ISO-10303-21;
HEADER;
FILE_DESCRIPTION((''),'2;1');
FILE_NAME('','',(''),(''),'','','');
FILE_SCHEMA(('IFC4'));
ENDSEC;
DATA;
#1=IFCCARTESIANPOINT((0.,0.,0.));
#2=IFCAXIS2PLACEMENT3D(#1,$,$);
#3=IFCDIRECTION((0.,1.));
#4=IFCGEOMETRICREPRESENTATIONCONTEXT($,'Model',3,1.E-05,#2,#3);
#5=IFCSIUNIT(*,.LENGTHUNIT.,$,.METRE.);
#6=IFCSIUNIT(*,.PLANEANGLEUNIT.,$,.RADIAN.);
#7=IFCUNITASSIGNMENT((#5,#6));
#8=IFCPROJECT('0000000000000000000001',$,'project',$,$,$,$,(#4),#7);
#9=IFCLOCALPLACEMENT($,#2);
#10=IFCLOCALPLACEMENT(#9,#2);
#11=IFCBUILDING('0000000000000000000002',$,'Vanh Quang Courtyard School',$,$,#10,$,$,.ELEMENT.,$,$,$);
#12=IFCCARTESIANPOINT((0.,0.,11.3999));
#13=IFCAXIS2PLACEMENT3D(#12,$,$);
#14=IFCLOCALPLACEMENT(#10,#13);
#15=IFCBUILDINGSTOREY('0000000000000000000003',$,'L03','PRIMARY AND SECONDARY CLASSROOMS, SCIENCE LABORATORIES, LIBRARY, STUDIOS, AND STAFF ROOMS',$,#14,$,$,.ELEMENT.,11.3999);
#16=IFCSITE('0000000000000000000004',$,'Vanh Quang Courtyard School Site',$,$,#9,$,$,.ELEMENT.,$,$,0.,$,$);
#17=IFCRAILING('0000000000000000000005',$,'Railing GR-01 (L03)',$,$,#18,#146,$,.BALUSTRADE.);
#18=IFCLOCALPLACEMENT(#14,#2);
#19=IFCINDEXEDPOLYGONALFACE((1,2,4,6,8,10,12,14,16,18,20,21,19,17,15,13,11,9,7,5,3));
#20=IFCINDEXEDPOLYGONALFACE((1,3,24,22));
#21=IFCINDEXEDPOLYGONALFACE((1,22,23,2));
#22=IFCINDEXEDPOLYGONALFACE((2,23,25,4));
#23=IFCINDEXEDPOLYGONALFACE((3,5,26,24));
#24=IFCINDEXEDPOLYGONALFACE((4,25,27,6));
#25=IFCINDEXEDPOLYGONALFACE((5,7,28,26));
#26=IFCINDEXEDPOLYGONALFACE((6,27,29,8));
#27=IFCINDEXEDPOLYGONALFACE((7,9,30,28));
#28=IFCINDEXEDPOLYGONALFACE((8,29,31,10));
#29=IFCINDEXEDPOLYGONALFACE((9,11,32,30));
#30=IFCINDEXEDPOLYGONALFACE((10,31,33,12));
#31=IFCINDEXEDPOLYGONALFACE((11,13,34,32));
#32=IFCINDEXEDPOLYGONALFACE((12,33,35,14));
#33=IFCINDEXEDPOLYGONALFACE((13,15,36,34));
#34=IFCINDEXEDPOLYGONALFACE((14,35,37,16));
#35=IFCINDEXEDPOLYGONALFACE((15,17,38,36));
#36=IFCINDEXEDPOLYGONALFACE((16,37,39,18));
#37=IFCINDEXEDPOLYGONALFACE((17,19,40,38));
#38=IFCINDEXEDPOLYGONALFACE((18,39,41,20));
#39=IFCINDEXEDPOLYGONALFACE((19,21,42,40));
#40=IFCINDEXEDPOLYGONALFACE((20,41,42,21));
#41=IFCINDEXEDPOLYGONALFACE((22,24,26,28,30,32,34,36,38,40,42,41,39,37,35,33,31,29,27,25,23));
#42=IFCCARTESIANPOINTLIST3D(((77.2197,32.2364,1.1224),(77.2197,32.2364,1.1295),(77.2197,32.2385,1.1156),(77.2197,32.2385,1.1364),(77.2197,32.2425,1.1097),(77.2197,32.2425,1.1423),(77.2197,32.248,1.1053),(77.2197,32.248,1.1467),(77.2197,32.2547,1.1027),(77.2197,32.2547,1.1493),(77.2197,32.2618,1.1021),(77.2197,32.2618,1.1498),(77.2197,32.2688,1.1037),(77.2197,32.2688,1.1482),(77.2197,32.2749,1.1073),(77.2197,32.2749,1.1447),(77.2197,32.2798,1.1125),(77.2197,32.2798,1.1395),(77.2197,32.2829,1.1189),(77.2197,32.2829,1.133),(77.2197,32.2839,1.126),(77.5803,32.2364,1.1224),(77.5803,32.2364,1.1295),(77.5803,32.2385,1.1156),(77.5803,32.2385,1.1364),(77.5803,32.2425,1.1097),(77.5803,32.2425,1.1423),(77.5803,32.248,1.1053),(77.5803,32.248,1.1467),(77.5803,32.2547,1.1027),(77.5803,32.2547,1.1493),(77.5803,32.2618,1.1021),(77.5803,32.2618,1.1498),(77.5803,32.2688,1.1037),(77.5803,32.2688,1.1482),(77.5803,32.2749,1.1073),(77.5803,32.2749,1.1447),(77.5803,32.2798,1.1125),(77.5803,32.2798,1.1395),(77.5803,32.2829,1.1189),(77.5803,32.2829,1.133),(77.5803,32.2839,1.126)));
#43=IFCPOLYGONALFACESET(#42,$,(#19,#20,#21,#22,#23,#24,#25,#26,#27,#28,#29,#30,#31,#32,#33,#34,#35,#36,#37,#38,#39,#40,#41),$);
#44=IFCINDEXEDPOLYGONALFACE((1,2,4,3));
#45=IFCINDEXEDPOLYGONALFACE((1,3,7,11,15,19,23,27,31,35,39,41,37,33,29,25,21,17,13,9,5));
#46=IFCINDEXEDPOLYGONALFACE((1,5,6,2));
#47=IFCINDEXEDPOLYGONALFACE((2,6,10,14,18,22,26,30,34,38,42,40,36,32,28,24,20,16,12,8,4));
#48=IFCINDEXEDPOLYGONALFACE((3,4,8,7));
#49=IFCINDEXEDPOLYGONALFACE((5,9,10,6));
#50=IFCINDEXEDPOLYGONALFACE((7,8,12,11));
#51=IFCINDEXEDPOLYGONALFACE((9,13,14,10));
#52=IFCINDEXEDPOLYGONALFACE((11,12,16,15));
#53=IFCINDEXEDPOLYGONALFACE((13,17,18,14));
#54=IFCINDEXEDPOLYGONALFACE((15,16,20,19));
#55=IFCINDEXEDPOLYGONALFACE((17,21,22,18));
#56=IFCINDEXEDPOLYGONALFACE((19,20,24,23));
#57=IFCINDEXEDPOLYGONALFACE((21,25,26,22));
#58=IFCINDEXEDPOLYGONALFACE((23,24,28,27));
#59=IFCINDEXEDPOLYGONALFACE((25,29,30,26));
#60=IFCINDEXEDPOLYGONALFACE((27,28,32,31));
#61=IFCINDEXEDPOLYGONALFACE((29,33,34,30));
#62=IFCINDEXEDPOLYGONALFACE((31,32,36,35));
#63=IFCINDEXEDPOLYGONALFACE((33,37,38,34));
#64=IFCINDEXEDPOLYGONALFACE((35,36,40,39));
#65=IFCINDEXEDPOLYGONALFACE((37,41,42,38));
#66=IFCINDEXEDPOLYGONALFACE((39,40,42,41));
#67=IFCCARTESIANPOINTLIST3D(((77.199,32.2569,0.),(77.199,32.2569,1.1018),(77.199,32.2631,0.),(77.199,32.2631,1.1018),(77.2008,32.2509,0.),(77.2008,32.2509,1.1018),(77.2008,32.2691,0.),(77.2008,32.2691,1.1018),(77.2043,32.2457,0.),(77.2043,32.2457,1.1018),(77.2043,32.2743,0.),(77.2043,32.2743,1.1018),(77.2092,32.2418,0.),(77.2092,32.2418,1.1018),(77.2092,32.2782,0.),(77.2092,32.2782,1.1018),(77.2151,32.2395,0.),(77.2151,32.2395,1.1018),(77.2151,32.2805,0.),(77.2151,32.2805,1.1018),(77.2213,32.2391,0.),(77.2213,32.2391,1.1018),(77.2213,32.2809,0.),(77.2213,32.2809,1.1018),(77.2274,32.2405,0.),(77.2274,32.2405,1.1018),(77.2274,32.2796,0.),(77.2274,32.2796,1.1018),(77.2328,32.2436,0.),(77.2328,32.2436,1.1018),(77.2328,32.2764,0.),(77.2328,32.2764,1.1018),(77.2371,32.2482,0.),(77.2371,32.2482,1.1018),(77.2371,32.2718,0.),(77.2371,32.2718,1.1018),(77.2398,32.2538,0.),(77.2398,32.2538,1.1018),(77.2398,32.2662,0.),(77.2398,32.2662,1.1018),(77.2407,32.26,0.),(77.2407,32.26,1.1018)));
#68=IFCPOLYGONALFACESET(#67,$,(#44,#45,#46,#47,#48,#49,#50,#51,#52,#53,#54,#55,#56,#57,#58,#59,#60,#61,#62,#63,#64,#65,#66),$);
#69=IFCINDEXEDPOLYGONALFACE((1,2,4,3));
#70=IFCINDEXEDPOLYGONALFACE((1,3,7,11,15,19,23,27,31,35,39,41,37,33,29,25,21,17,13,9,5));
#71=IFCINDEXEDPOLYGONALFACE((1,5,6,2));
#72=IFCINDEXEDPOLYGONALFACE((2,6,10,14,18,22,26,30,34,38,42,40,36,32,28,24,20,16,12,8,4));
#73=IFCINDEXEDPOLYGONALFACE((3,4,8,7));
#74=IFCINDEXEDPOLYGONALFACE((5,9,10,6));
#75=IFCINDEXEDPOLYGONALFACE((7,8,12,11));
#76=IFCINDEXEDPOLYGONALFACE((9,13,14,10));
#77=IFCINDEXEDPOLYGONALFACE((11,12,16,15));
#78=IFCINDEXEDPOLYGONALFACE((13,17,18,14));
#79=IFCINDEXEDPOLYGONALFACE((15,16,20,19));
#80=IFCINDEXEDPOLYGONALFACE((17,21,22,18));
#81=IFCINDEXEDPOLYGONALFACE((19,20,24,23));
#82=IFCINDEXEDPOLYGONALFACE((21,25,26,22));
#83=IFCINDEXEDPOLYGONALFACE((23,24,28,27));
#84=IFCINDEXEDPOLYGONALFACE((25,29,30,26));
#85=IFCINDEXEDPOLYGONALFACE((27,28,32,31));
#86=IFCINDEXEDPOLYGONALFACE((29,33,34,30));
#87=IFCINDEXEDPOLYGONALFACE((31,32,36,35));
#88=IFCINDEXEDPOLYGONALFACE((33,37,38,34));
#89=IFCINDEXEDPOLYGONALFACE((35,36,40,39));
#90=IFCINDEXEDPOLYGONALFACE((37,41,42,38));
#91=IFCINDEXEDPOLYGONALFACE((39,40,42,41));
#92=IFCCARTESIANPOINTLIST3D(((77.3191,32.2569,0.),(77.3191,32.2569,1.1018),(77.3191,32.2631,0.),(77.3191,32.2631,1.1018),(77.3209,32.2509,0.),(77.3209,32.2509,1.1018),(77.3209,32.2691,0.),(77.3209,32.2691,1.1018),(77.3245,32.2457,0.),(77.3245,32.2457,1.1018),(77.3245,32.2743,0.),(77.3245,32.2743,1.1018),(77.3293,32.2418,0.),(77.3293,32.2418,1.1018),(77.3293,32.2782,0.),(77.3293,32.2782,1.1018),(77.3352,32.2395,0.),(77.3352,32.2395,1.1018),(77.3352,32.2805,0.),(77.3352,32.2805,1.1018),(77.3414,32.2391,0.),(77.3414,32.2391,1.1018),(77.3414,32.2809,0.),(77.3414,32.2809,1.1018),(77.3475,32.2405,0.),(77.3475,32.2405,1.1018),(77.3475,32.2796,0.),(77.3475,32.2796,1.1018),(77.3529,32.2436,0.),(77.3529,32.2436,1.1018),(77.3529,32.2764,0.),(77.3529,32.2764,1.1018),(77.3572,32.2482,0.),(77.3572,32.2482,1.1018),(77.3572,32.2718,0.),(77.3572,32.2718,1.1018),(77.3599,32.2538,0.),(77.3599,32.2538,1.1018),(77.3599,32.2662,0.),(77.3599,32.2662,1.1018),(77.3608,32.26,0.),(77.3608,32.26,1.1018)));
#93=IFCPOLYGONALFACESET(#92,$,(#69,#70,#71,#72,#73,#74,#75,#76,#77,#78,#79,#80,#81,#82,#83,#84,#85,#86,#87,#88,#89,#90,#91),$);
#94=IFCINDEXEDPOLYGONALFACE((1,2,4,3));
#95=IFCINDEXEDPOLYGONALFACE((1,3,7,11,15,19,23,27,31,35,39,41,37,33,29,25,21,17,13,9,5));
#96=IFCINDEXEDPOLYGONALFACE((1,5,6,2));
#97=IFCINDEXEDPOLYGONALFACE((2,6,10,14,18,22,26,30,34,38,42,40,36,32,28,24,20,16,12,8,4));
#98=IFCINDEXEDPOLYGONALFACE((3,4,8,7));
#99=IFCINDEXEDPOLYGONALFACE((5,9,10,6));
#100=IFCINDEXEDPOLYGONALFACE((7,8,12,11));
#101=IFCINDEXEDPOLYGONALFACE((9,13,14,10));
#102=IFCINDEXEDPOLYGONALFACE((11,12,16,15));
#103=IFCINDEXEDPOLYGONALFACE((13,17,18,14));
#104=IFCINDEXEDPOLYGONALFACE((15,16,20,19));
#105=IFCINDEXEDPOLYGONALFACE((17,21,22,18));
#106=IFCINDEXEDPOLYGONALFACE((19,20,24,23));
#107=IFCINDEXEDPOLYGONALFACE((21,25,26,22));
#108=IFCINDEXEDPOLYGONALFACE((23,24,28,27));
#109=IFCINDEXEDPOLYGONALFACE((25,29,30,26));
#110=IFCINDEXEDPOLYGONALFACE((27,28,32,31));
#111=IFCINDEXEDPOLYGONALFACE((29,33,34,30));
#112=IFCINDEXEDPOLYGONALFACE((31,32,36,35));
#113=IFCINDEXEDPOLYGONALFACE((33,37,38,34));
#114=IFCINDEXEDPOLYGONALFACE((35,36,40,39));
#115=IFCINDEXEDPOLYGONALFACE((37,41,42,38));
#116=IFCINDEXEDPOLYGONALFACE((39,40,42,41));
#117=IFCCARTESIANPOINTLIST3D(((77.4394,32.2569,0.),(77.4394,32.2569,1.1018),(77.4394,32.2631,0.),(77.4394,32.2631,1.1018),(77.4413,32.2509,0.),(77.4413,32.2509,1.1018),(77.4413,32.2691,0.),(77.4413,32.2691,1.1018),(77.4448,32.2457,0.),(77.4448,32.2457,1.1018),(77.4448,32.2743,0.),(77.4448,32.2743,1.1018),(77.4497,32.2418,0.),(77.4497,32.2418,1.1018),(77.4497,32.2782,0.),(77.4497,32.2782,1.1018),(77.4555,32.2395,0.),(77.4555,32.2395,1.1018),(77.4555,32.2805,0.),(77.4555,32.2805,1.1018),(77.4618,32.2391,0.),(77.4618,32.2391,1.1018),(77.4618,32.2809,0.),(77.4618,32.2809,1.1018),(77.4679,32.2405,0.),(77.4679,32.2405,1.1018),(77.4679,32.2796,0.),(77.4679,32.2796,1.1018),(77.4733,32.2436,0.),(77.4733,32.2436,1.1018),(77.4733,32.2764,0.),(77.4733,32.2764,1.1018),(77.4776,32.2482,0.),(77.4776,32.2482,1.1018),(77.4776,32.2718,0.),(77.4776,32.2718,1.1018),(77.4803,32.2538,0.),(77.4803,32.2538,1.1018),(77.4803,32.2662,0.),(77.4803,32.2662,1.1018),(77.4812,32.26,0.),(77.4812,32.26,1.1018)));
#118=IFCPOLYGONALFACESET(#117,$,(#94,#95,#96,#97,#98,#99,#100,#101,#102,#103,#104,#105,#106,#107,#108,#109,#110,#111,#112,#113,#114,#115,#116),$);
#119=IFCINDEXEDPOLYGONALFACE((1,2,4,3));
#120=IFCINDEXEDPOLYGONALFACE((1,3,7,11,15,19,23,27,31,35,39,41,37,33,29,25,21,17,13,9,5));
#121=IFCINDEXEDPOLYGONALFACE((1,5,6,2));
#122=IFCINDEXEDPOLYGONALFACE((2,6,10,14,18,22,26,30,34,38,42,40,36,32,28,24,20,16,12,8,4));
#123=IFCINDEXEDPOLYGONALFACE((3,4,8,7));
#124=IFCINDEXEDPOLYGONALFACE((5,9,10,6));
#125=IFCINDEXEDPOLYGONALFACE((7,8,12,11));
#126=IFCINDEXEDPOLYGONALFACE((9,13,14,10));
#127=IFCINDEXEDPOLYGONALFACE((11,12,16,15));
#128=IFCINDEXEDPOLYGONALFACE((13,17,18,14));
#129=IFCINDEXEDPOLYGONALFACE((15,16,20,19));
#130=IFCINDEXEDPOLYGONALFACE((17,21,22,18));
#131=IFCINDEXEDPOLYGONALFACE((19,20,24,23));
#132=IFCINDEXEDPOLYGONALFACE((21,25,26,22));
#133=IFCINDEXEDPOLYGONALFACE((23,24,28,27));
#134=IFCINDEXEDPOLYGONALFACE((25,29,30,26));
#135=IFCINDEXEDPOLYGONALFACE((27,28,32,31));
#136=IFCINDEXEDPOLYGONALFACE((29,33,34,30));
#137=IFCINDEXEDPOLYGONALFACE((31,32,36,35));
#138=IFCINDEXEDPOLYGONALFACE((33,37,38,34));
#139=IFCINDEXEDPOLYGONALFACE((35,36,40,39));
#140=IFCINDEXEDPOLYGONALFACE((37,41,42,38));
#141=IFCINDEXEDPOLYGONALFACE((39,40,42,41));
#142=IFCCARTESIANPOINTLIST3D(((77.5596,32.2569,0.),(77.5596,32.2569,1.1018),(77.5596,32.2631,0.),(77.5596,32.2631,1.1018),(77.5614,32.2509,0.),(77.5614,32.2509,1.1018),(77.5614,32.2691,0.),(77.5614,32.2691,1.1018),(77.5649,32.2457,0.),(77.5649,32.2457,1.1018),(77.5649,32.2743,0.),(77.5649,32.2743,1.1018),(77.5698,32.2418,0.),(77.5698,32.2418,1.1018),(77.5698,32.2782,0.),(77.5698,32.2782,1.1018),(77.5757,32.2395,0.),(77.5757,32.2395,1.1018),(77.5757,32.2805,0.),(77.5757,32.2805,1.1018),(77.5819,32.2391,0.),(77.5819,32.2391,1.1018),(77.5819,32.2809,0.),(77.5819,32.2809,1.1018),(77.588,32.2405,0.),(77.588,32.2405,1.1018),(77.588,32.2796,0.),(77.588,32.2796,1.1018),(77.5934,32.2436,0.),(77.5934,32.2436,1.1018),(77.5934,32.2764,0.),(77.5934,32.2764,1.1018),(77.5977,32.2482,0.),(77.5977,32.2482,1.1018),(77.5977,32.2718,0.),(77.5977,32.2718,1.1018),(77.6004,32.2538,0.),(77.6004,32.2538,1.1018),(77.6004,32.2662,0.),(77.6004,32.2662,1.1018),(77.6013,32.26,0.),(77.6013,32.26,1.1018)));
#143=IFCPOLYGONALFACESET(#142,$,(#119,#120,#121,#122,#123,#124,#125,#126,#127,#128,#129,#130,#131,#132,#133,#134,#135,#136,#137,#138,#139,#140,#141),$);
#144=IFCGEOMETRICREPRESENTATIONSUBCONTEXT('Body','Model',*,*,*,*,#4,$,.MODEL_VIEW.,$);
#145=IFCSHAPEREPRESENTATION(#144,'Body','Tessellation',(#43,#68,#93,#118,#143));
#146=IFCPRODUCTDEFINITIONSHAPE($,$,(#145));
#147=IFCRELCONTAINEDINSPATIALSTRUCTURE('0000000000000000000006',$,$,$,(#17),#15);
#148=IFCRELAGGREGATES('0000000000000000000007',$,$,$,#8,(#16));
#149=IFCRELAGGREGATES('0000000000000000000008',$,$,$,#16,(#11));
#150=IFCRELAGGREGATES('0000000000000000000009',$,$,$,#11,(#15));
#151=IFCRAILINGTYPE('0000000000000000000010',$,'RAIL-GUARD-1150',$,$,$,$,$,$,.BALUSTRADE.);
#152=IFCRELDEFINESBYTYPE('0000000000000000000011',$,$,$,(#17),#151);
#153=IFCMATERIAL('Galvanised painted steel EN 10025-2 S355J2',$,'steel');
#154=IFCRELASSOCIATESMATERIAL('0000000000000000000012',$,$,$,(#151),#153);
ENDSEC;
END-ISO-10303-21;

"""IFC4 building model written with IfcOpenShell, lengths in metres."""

from ifc_helpers import new_model, si_unit, direction, frame, origin, origin_2d, place, context, subcontext, project, spatial, circle, extrude, material, type_object, element, save


model = new_model("IFC4")

# Units and contexts
model_context = context("Model", 3, precision=1e-05, world=origin(), true_north=direction((0.0, 1.0)))
body_context = subcontext(model_context, "Body", "Model", "MODEL_VIEW")
ifc_project = project(units=[si_unit("LENGTHUNIT", "METRE"), si_unit("PLANEANGLEUNIT", "RADIAN")], contexts=[model_context])

# Site, building, storey
site_placement = place(None, origin())
site = spatial("IfcSite", under=ifc_project, at=site_placement, Name="Vanh Quang Courtyard School Site", CompositionType="ELEMENT", RefElevation=0.0)
building_placement = place(site_placement, origin())
building = spatial("IfcBuilding", under=site, at=building_placement, Name="Vanh Quang Courtyard School", CompositionType="ELEMENT")
storey_placement = place(building_placement, frame((0.0, 0.0, 11.3999)))
storey = spatial("IfcBuildingStorey", under=building, at=storey_placement, Name="L03", Description="PRIMARY AND SECONDARY CLASSROOMS, SCIENCE LABORATORIES, LIBRARY, STUDIOS, AND STAFF ROOMS", CompositionType="ELEMENT", Elevation=11.3999)

# Railing
ifc_material_1 = material(Name="Galvanised painted steel EN 10025-2 S355J2", Category="steel")
railing_type = type_object("IfcRailingType", Name="RAIL-GUARD-1150", PredefinedType="BALUSTRADE", material=ifc_material_1)
railing_1_placement = place(storey_placement, frame((77.2197, 32.26, 0.0)))
element("IfcRailing", 1, at=railing_1_placement, inside=storey, type_object=railing_type, Name="Railing GR-01 (L03)", PredefinedType="BALUSTRADE", context=body_context, shape_type="SweptSolid", body=[
    extrude(circle(Radius=0.0239, at=origin_2d()), frame((0.0, 0.0, 1.126), z_axis=(1.0, 0.0, 0.0), x_axis=(0.0, 1.0, 0.0)), (0.0, 0.0, 1.0), 0.3606),
    extrude(circle(Radius=0.021, at=origin_2d()), origin(), (0.0, 0.0, 1.0), 1.1018),
    extrude(circle(Radius=0.021, at=origin_2d()), frame((0.1201, 0.0, 0.0)), (0.0, 0.0, 1.0), 1.1018),
    extrude(circle(Radius=0.021, at=origin_2d()), frame((0.2405, 0.0, 0.0)), (0.0, 0.0, 1.0), 1.1018),
    extrude(circle(Radius=0.021, at=origin_2d()), frame((0.3606, 0.0, 0.0)), (0.0, 0.0, 1.0), 1.1018),
])

save(model, "model.ifc")
